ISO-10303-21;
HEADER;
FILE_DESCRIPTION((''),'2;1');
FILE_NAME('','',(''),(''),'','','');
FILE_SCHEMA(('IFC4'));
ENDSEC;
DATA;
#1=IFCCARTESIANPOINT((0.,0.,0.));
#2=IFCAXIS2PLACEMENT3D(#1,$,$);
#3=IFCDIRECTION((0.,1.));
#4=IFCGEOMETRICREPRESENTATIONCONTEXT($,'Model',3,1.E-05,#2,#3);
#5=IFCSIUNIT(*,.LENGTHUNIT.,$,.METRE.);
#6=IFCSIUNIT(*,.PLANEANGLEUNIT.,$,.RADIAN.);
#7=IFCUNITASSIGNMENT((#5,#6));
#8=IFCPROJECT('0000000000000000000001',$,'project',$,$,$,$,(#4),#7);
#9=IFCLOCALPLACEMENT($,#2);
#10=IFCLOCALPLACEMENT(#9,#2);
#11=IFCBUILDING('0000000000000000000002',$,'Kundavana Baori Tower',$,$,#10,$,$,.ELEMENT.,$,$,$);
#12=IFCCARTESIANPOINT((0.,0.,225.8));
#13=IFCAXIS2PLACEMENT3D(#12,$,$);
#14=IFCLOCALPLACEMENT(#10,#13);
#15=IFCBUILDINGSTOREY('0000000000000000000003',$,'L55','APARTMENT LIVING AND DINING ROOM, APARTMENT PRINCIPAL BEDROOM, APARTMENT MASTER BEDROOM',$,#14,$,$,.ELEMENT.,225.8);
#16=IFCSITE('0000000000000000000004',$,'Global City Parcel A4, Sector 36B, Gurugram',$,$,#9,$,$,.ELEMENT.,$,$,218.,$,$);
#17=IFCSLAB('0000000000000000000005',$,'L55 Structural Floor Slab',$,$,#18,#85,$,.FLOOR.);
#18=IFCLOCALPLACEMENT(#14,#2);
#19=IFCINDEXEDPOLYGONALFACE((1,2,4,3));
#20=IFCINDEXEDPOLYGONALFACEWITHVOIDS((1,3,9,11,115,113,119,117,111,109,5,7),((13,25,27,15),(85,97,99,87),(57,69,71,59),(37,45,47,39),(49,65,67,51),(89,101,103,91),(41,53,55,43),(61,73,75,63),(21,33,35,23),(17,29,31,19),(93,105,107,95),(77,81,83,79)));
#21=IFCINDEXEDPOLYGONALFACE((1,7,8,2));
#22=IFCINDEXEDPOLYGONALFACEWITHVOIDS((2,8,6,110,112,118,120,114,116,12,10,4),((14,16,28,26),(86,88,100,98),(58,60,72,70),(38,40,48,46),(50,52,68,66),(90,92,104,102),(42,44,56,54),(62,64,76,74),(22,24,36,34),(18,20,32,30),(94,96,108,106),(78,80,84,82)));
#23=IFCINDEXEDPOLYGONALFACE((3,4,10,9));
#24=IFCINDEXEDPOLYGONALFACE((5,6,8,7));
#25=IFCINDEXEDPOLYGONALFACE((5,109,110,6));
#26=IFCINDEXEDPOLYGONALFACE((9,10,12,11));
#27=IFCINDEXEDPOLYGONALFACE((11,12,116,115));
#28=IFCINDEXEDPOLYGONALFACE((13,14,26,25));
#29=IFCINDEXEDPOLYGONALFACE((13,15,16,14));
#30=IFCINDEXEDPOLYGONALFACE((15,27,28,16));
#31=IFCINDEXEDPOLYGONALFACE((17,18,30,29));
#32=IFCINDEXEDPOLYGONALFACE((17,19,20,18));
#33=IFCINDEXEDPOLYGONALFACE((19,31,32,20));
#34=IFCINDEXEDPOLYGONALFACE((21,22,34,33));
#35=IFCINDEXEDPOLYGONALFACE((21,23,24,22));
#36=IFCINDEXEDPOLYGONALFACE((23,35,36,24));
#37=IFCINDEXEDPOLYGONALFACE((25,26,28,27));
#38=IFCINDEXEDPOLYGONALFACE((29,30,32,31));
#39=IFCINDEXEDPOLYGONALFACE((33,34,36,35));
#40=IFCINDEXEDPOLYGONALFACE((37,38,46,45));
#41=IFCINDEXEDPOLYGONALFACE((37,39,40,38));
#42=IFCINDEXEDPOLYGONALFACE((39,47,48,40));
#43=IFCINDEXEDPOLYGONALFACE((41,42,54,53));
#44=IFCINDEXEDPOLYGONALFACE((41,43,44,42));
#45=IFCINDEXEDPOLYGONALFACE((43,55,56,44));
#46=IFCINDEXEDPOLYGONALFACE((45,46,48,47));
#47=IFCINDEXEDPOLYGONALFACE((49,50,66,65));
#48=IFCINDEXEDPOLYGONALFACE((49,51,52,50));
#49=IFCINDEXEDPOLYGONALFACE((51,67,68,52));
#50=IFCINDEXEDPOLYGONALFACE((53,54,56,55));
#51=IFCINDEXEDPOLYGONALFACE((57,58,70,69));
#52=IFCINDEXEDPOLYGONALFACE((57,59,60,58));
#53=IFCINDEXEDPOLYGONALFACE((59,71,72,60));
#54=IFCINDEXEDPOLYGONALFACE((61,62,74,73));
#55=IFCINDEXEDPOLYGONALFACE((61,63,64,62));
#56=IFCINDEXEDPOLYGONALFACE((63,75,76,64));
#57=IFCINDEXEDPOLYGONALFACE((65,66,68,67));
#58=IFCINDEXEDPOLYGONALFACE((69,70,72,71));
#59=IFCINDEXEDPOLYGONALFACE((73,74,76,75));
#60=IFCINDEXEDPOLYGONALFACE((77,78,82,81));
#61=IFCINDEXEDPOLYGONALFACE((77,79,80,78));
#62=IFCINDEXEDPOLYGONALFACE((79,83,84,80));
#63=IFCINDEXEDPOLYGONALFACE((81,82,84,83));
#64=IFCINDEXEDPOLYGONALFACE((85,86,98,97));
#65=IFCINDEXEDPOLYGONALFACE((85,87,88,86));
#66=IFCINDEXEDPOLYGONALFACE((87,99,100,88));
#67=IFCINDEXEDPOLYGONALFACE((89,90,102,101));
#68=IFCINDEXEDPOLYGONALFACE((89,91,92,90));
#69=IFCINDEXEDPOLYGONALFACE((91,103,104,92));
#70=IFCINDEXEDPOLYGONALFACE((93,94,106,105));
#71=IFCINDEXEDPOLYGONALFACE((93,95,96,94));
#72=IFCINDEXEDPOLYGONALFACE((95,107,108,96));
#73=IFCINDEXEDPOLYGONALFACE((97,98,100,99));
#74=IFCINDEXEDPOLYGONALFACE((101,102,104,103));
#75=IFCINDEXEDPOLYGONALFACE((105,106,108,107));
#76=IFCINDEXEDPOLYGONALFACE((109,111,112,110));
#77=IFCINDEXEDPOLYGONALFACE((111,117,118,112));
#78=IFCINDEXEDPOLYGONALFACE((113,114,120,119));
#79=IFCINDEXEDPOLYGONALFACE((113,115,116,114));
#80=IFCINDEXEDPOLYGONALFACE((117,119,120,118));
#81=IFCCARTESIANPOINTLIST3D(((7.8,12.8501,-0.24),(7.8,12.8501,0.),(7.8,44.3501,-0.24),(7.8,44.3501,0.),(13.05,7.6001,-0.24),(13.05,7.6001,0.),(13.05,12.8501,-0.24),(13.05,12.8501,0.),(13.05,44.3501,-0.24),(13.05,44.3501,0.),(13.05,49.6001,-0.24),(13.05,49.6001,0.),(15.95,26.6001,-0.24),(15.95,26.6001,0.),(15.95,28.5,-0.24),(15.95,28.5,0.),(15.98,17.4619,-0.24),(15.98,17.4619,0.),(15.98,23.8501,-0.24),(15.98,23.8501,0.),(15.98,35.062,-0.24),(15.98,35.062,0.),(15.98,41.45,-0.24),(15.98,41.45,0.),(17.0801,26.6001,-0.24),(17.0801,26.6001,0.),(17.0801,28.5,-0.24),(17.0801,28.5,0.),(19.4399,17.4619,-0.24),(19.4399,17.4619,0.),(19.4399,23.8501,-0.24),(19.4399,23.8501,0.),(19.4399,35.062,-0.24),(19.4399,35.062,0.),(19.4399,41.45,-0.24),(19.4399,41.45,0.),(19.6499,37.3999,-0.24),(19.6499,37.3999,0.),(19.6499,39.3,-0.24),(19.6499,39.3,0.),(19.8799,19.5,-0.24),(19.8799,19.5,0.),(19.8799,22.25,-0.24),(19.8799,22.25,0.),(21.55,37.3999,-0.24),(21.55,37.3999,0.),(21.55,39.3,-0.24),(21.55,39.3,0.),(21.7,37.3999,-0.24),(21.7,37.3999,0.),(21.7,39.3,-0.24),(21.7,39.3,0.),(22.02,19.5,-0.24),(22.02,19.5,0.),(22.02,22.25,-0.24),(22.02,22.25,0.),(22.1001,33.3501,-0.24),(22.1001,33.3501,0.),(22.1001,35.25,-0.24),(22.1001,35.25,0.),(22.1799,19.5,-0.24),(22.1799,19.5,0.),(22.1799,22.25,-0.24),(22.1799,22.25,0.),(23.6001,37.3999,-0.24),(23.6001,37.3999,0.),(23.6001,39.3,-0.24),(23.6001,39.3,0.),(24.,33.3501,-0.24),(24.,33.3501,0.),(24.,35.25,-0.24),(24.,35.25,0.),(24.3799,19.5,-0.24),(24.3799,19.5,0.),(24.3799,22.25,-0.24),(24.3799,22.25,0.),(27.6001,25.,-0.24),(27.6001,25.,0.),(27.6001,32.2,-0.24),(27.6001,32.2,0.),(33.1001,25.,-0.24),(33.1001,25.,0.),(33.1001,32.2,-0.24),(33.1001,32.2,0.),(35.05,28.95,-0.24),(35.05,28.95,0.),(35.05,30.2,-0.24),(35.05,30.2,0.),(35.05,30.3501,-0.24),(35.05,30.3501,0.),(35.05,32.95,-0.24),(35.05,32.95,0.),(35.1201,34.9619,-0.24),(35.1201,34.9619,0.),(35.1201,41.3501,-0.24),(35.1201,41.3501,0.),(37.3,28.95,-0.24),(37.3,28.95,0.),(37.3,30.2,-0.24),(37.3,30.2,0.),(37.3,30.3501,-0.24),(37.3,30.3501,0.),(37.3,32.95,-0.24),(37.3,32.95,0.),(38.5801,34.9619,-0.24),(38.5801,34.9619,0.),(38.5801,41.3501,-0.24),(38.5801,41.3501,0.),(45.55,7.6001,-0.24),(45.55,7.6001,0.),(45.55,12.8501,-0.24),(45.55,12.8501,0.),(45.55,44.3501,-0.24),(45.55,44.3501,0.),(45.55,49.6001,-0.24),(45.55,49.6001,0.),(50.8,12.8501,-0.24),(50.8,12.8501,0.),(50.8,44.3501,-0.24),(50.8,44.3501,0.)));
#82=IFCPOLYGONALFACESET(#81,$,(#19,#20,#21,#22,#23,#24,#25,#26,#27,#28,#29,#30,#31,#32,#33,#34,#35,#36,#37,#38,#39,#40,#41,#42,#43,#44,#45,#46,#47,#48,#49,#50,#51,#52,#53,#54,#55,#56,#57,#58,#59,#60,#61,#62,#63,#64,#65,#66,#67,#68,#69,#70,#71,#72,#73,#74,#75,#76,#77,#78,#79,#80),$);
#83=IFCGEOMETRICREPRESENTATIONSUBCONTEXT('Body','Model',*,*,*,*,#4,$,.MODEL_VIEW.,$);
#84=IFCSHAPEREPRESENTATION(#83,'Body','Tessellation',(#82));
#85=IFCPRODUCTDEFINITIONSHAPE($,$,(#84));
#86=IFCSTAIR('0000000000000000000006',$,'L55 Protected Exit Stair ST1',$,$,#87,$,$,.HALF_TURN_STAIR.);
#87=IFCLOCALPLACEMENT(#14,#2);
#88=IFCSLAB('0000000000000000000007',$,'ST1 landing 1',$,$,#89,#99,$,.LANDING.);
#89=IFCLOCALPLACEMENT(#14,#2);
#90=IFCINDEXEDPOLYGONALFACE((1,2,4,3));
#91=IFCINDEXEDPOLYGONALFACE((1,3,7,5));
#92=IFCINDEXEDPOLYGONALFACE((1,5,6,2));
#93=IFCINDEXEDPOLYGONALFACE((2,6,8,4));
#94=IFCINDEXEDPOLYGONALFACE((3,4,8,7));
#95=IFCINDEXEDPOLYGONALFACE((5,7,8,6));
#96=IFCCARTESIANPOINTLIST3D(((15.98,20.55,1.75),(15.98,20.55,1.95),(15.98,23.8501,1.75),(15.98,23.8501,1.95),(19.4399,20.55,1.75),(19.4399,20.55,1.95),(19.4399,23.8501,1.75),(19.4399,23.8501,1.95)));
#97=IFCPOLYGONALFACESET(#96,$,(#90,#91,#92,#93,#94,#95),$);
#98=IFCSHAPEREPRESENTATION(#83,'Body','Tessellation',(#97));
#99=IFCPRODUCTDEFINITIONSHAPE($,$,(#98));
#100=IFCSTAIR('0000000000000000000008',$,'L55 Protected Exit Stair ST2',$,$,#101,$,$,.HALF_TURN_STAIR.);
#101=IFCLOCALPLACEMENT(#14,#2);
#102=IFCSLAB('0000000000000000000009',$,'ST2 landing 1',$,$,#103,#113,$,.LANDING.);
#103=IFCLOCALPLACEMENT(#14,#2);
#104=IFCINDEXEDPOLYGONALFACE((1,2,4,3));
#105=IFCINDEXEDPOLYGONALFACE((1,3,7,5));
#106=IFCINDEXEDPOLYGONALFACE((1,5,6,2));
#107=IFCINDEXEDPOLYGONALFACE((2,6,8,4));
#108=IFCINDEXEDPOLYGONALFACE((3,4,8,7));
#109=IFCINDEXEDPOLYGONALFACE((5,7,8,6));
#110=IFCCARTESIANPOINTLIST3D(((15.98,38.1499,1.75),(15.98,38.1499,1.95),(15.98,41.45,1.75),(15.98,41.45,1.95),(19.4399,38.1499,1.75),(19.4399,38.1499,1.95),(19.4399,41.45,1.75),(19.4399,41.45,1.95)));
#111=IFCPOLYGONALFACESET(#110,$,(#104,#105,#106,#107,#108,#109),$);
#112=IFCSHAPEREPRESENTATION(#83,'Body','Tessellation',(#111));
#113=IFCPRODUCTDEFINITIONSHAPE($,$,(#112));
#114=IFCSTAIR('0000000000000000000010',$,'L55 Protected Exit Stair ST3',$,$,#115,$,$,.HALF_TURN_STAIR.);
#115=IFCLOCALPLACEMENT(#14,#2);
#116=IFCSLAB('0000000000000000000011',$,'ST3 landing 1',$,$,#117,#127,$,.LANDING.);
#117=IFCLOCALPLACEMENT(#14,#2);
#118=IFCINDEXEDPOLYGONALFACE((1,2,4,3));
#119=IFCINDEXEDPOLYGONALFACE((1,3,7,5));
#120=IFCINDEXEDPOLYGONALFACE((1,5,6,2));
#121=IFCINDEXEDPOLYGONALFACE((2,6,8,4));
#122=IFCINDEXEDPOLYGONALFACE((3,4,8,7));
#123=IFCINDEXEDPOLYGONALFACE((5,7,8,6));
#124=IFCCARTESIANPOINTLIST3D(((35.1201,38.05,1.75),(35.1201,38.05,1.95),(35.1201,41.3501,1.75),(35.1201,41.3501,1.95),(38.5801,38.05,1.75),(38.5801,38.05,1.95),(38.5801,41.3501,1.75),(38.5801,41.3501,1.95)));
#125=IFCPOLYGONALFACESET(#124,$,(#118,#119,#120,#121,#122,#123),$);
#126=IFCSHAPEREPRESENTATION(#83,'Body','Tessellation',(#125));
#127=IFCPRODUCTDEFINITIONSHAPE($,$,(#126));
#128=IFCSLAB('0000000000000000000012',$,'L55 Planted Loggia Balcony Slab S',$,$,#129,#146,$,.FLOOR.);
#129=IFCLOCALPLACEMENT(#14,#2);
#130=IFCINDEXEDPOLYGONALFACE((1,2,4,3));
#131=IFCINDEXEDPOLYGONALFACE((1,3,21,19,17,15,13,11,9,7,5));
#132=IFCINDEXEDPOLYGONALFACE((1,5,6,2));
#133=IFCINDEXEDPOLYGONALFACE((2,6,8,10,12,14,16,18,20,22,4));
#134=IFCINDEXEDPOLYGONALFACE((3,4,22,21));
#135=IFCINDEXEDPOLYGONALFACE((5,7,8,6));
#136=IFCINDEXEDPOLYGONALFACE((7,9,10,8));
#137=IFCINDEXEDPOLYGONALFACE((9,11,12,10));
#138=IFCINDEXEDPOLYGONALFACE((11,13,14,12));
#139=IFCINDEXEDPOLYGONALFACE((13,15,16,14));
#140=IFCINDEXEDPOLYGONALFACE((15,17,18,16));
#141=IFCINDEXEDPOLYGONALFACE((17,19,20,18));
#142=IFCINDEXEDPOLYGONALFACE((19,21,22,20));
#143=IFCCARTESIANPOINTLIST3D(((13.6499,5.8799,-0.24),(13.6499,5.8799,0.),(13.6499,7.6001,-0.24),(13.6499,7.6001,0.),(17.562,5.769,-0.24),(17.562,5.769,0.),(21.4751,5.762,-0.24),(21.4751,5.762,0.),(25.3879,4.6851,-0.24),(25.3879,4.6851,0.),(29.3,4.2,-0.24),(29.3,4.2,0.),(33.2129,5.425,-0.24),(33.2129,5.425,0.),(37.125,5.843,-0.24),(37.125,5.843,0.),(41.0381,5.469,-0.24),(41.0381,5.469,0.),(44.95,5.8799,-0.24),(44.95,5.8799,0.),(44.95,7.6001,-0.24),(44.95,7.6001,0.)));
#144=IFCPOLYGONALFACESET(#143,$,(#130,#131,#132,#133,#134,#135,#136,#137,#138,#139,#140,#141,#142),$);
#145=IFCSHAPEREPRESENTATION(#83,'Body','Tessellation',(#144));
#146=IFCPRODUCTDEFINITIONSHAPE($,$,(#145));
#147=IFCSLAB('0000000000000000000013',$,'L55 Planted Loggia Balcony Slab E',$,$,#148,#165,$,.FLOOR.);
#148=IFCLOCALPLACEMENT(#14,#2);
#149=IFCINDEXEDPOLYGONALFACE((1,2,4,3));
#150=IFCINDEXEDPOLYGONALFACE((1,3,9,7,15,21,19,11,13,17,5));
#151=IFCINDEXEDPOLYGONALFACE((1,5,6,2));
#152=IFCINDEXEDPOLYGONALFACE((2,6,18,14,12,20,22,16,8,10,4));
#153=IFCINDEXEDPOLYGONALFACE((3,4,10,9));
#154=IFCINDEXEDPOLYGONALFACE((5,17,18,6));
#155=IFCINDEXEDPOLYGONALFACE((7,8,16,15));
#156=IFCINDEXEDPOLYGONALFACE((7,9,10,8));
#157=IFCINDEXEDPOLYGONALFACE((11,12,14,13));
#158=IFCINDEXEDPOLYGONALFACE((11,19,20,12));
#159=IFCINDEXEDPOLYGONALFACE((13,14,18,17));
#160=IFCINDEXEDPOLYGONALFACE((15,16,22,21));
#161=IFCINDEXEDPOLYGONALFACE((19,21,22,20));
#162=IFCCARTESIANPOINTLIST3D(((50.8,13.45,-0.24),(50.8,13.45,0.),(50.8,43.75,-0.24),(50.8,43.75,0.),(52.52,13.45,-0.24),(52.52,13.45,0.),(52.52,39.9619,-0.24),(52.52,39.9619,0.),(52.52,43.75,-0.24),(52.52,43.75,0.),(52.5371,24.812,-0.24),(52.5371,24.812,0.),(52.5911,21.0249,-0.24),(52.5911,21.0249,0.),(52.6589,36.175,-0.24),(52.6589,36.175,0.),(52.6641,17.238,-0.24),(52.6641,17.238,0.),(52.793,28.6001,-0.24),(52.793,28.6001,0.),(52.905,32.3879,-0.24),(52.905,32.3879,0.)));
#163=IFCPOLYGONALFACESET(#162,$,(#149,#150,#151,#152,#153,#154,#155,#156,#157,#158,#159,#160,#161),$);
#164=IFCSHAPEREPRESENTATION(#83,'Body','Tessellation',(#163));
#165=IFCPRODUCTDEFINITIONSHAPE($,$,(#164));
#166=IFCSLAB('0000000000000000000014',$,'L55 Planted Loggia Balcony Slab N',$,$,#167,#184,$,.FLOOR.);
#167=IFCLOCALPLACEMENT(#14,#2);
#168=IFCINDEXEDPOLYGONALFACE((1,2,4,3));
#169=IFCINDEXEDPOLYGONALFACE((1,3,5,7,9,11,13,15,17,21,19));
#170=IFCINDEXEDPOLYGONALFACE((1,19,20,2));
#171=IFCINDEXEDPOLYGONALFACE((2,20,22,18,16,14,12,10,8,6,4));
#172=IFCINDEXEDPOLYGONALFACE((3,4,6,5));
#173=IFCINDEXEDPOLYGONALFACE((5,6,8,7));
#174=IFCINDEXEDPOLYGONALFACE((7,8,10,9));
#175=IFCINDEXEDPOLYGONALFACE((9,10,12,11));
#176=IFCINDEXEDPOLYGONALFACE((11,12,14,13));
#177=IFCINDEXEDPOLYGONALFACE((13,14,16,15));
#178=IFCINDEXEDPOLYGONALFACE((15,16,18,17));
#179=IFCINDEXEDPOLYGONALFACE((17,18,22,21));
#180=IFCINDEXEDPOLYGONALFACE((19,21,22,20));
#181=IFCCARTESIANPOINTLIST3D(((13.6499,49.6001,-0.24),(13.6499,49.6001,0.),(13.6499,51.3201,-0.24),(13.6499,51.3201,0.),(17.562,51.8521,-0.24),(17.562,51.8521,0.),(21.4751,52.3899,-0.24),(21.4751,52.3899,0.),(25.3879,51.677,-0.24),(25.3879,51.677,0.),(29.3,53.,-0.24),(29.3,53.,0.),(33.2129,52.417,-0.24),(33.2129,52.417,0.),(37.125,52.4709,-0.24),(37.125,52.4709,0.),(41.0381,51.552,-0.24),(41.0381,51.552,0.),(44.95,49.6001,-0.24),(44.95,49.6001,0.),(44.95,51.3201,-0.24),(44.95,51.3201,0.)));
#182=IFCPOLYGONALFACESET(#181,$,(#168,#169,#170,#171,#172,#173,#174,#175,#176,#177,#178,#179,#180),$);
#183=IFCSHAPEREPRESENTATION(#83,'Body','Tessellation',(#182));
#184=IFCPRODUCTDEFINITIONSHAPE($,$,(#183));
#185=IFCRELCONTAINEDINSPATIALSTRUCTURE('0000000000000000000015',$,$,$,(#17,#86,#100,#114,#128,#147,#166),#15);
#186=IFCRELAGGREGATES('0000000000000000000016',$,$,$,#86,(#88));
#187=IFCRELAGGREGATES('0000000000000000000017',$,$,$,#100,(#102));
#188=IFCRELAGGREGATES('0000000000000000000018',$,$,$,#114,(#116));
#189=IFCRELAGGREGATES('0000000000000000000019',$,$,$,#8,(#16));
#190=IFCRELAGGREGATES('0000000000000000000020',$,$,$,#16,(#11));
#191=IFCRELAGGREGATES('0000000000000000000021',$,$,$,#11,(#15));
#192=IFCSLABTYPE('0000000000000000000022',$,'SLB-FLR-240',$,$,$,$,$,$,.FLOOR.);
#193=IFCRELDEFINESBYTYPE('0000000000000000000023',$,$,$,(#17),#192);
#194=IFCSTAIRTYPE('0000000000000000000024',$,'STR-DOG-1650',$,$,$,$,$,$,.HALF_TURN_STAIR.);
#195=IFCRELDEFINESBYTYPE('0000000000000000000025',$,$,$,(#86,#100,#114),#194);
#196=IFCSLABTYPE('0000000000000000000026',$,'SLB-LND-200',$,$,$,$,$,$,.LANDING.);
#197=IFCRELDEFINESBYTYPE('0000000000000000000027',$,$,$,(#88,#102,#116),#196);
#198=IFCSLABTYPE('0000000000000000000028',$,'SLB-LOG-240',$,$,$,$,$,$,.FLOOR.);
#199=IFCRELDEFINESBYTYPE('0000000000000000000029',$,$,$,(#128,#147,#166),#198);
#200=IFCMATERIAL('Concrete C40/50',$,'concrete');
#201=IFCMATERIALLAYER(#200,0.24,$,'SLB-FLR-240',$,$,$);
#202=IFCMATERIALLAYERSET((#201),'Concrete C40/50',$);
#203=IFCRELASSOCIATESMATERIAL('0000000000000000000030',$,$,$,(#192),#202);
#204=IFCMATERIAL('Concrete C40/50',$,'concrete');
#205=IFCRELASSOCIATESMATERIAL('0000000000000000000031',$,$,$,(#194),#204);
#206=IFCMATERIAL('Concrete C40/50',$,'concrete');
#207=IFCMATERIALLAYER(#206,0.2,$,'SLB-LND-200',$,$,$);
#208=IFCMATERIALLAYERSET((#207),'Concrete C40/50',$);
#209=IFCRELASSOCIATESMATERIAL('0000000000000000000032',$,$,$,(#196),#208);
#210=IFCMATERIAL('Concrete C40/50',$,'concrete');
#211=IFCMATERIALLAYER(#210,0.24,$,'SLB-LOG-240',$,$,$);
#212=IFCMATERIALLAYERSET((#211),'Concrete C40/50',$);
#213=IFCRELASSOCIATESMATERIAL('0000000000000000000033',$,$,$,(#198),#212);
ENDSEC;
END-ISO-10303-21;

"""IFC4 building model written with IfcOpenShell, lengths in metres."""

from ifc_helpers import new_model, si_unit, direction, frame, origin, place, context, subcontext, project, spatial, polyline, outline, extrude, material, layer, layer_set, type_object, element, aggregate, save


model = new_model("IFC4")

# Units and contexts
model_context = context("Model", 3, precision=1e-05, world=origin(), true_north=direction((0.0, 1.0)))
body_context = subcontext(model_context, "Body", "Model", "MODEL_VIEW")
ifc_project = project(units=[si_unit("LENGTHUNIT", "METRE"), si_unit("PLANEANGLEUNIT", "RADIAN")], contexts=[model_context])

# Site, building, storey
site_placement = place(None, origin())
site = spatial("IfcSite", under=ifc_project, at=site_placement, Name="Global City Parcel A4, Sector 36B, Gurugram", CompositionType="ELEMENT", RefElevation=218.0)
building_placement = place(site_placement, origin())
building = spatial("IfcBuilding", under=site, at=building_placement, Name="Kundavana Baori Tower", CompositionType="ELEMENT")
storey_placement = place(building_placement, frame((0.0, 0.0, 225.8)))
storey = spatial("IfcBuildingStorey", under=building, at=storey_placement, Name="L55", Description="APARTMENT LIVING AND DINING ROOM, APARTMENT PRINCIPAL BEDROOM, APARTMENT MASTER BEDROOM", CompositionType="ELEMENT", Elevation=225.8)

# Slab
ifc_material_1 = material(Name="Concrete C40/50", Category="concrete")
ifc_layer_1 = layer(ifc_material_1, 0.24, Name="SLB-FLR-240")
ifc_layer_set_1 = layer_set([ifc_layer_1], Name="Concrete C40/50")
slab_type_1 = type_object("IfcSlabType", Name="SLB-FLR-240", PredefinedType="FLOOR", material=ifc_layer_set_1)
slab_1_placement = place(storey_placement, frame((0.0, 0.0, -0.24)))
element("IfcSlab", 1, at=slab_1_placement, inside=storey, type_object=slab_type_1, Name="L55 Structural Floor Slab", PredefinedType="FLOOR", context=body_context, shape_type="SweptSolid", body=[
    extrude(outline(polyline([(13.05, 7.6001), (45.55, 7.6001), (45.55, 12.8501), (50.8, 12.8501), (50.8, 44.3501), (45.55, 44.3501), (45.55, 49.6001), (13.05, 49.6001), (13.05, 44.3501), (7.8, 44.3501), (7.8, 12.8501), (13.05, 12.8501), (13.05, 7.6001)]), holes=[polyline([(19.4399, 17.4619), (19.4399, 23.8501), (15.98, 23.8501), (15.98, 17.4619), (19.4399, 17.4619)]), polyline([(19.4399, 35.062), (19.4399, 41.45), (15.98, 41.45), (15.98, 35.062), (19.4399, 35.062)]), polyline([(38.5801, 34.9619), (38.5801, 41.3501), (35.1201, 41.3501), (35.1201, 34.9619), (38.5801, 34.9619)]), polyline([(19.6499, 37.3999), (21.55, 37.3999), (21.55, 39.3), (19.6499, 39.3), (19.6499, 37.3999)]), polyline([(21.7, 37.3999), (23.6001, 37.3999), (23.6001, 39.3), (21.7, 39.3), (21.7, 37.3999)]), polyline([(22.1001, 33.3501), (24.0, 33.3501), (24.0, 35.25), (22.1001, 35.25), (22.1001, 33.3501)]), polyline([(19.8799, 19.5), (22.02, 19.5), (22.02, 22.25), (19.8799, 22.25), (19.8799, 19.5)]), polyline([(22.1799, 19.5), (24.3799, 19.5), (24.3799, 22.25), (22.1799, 22.25), (22.1799, 19.5)]), polyline([(35.05, 30.3501), (37.3, 30.3501), (37.3, 32.95), (35.05, 32.95), (35.05, 30.3501)]), polyline([(15.95, 26.6001), (17.0801, 26.6001), (17.0801, 28.5), (15.95, 28.5), (15.95, 26.6001)]), polyline([(35.05, 28.95), (37.3, 28.95), (37.3, 30.2), (35.05, 30.2), (35.05, 28.95)]), polyline([(27.6001, 25.0), (33.1001, 25.0), (33.1001, 32.2), (27.6001, 32.2), (27.6001, 25.0)])]), origin(), (0.0, 0.0, 1.0), 0.24),
])

# Stairs, slabs
ifc_material_2 = material(Name="Concrete C40/50", Category="concrete")
stair_type = type_object("IfcStairType", Name="STR-DOG-1650", PredefinedType="HALF_TURN_STAIR", material=ifc_material_2)
stair_1_placement = place(storey_placement, origin())
stair_1 = element("IfcStair", 2, at=stair_1_placement, inside=storey, type_object=stair_type, Name="L55 Protected Exit Stair ST1", PredefinedType="HALF_TURN_STAIR")
ifc_material_3 = material(Name="Concrete C40/50", Category="concrete")
ifc_layer_2 = layer(ifc_material_3, 0.2, Name="SLB-LND-200")
ifc_layer_set_2 = layer_set([ifc_layer_2], Name="Concrete C40/50")
slab_type_2 = type_object("IfcSlabType", Name="SLB-LND-200", PredefinedType="LANDING", material=ifc_layer_set_2)
slab_2_placement = place(storey_placement, frame((0.0, 0.0, 1.75)))
slab_2 = element("IfcSlab", 3, at=slab_2_placement, type_object=slab_type_2, Name="ST1 landing 1", PredefinedType="LANDING", context=body_context, shape_type="SweptSolid", body=[
    extrude(outline(polyline([(19.4399, 20.55), (19.4399, 23.8501), (15.98, 23.8501), (15.98, 20.55), (19.4399, 20.55)])), origin(), (0.0, 0.0, 1.0), 0.2),
])
aggregate(stair_1, [slab_2])
stair_2_placement = place(storey_placement, origin())
stair_2 = element("IfcStair", 4, at=stair_2_placement, inside=storey, type_object=stair_type, Name="L55 Protected Exit Stair ST2", PredefinedType="HALF_TURN_STAIR")
slab_3_placement = place(storey_placement, frame((0.0, 0.0, 1.75)))
slab_3 = element("IfcSlab", 5, at=slab_3_placement, type_object=slab_type_2, Name="ST2 landing 1", PredefinedType="LANDING", context=body_context, shape_type="SweptSolid", body=[
    extrude(outline(polyline([(19.4399, 38.1499), (19.4399, 41.45), (15.98, 41.45), (15.98, 38.1499), (19.4399, 38.1499)])), origin(), (0.0, 0.0, 1.0), 0.2),
])
aggregate(stair_2, [slab_3])
stair_3_placement = place(storey_placement, origin())
stair_3 = element("IfcStair", 6, at=stair_3_placement, inside=storey, type_object=stair_type, Name="L55 Protected Exit Stair ST3", PredefinedType="HALF_TURN_STAIR")
slab_4_placement = place(storey_placement, frame((0.0, 0.0, 1.75)))
slab_4 = element("IfcSlab", 7, at=slab_4_placement, type_object=slab_type_2, Name="ST3 landing 1", PredefinedType="LANDING", context=body_context, shape_type="SweptSolid", body=[
    extrude(outline(polyline([(38.5801, 38.05), (38.5801, 41.3501), (35.1201, 41.3501), (35.1201, 38.05), (38.5801, 38.05)])), origin(), (0.0, 0.0, 1.0), 0.2),
])
aggregate(stair_3, [slab_4])

# Slabs
ifc_material_4 = material(Name="Concrete C40/50", Category="concrete")
ifc_layer_3 = layer(ifc_material_4, 0.24, Name="SLB-LOG-240")
ifc_layer_set_3 = layer_set([ifc_layer_3], Name="Concrete C40/50")
slab_type_3 = type_object("IfcSlabType", Name="SLB-LOG-240", PredefinedType="FLOOR", material=ifc_layer_set_3)
slab_5_placement = place(storey_placement, frame((0.0, 0.0, -0.24)))
element("IfcSlab", 8, at=slab_5_placement, inside=storey, type_object=slab_type_3, Name="L55 Planted Loggia Balcony Slab S", PredefinedType="FLOOR", context=body_context, shape_type="SweptSolid", body=[
    extrude(outline(polyline([(13.6499, 7.6001), (44.95, 7.6001), (44.95, 5.8799), (41.0381, 5.469), (37.125, 5.843), (33.2129, 5.425), (29.3, 4.2), (25.3879, 4.6851), (21.4751, 5.762), (17.562, 5.769), (13.6499, 5.8799), (13.6499, 7.6001)])), origin(), (0.0, 0.0, 1.0), 0.24),
])
slab_6_placement = place(storey_placement, frame((0.0, 0.0, -0.24)))
element("IfcSlab", 9, at=slab_6_placement, inside=storey, type_object=slab_type_3, Name="L55 Planted Loggia Balcony Slab E", PredefinedType="FLOOR", context=body_context, shape_type="SweptSolid", body=[
    extrude(outline(polyline([(50.8, 13.45), (50.8, 43.75), (52.52, 43.75), (52.52, 39.9619), (52.6589, 36.175), (52.905, 32.3879), (52.793, 28.6001), (52.5371, 24.812), (52.5911, 21.0249), (52.6641, 17.238), (52.52, 13.45), (50.8, 13.45)])), origin(), (0.0, 0.0, 1.0), 0.24),
])
slab_7_placement = place(storey_placement, frame((0.0, 0.0, -0.24)))
element("IfcSlab", 10, at=slab_7_placement, inside=storey, type_object=slab_type_3, Name="L55 Planted Loggia Balcony Slab N", PredefinedType="FLOOR", context=body_context, shape_type="SweptSolid", body=[
    extrude(outline(polyline([(44.95, 49.6001), (13.6499, 49.6001), (13.6499, 51.3201), (17.562, 51.8521), (21.4751, 52.3899), (25.3879, 51.677), (29.3, 53.0), (33.2129, 52.417), (37.125, 52.4709), (41.0381, 51.552), (44.95, 51.3201), (44.95, 49.6001)])), origin(), (0.0, 0.0, 1.0), 0.24),
])

save(model, "model.ifc")
